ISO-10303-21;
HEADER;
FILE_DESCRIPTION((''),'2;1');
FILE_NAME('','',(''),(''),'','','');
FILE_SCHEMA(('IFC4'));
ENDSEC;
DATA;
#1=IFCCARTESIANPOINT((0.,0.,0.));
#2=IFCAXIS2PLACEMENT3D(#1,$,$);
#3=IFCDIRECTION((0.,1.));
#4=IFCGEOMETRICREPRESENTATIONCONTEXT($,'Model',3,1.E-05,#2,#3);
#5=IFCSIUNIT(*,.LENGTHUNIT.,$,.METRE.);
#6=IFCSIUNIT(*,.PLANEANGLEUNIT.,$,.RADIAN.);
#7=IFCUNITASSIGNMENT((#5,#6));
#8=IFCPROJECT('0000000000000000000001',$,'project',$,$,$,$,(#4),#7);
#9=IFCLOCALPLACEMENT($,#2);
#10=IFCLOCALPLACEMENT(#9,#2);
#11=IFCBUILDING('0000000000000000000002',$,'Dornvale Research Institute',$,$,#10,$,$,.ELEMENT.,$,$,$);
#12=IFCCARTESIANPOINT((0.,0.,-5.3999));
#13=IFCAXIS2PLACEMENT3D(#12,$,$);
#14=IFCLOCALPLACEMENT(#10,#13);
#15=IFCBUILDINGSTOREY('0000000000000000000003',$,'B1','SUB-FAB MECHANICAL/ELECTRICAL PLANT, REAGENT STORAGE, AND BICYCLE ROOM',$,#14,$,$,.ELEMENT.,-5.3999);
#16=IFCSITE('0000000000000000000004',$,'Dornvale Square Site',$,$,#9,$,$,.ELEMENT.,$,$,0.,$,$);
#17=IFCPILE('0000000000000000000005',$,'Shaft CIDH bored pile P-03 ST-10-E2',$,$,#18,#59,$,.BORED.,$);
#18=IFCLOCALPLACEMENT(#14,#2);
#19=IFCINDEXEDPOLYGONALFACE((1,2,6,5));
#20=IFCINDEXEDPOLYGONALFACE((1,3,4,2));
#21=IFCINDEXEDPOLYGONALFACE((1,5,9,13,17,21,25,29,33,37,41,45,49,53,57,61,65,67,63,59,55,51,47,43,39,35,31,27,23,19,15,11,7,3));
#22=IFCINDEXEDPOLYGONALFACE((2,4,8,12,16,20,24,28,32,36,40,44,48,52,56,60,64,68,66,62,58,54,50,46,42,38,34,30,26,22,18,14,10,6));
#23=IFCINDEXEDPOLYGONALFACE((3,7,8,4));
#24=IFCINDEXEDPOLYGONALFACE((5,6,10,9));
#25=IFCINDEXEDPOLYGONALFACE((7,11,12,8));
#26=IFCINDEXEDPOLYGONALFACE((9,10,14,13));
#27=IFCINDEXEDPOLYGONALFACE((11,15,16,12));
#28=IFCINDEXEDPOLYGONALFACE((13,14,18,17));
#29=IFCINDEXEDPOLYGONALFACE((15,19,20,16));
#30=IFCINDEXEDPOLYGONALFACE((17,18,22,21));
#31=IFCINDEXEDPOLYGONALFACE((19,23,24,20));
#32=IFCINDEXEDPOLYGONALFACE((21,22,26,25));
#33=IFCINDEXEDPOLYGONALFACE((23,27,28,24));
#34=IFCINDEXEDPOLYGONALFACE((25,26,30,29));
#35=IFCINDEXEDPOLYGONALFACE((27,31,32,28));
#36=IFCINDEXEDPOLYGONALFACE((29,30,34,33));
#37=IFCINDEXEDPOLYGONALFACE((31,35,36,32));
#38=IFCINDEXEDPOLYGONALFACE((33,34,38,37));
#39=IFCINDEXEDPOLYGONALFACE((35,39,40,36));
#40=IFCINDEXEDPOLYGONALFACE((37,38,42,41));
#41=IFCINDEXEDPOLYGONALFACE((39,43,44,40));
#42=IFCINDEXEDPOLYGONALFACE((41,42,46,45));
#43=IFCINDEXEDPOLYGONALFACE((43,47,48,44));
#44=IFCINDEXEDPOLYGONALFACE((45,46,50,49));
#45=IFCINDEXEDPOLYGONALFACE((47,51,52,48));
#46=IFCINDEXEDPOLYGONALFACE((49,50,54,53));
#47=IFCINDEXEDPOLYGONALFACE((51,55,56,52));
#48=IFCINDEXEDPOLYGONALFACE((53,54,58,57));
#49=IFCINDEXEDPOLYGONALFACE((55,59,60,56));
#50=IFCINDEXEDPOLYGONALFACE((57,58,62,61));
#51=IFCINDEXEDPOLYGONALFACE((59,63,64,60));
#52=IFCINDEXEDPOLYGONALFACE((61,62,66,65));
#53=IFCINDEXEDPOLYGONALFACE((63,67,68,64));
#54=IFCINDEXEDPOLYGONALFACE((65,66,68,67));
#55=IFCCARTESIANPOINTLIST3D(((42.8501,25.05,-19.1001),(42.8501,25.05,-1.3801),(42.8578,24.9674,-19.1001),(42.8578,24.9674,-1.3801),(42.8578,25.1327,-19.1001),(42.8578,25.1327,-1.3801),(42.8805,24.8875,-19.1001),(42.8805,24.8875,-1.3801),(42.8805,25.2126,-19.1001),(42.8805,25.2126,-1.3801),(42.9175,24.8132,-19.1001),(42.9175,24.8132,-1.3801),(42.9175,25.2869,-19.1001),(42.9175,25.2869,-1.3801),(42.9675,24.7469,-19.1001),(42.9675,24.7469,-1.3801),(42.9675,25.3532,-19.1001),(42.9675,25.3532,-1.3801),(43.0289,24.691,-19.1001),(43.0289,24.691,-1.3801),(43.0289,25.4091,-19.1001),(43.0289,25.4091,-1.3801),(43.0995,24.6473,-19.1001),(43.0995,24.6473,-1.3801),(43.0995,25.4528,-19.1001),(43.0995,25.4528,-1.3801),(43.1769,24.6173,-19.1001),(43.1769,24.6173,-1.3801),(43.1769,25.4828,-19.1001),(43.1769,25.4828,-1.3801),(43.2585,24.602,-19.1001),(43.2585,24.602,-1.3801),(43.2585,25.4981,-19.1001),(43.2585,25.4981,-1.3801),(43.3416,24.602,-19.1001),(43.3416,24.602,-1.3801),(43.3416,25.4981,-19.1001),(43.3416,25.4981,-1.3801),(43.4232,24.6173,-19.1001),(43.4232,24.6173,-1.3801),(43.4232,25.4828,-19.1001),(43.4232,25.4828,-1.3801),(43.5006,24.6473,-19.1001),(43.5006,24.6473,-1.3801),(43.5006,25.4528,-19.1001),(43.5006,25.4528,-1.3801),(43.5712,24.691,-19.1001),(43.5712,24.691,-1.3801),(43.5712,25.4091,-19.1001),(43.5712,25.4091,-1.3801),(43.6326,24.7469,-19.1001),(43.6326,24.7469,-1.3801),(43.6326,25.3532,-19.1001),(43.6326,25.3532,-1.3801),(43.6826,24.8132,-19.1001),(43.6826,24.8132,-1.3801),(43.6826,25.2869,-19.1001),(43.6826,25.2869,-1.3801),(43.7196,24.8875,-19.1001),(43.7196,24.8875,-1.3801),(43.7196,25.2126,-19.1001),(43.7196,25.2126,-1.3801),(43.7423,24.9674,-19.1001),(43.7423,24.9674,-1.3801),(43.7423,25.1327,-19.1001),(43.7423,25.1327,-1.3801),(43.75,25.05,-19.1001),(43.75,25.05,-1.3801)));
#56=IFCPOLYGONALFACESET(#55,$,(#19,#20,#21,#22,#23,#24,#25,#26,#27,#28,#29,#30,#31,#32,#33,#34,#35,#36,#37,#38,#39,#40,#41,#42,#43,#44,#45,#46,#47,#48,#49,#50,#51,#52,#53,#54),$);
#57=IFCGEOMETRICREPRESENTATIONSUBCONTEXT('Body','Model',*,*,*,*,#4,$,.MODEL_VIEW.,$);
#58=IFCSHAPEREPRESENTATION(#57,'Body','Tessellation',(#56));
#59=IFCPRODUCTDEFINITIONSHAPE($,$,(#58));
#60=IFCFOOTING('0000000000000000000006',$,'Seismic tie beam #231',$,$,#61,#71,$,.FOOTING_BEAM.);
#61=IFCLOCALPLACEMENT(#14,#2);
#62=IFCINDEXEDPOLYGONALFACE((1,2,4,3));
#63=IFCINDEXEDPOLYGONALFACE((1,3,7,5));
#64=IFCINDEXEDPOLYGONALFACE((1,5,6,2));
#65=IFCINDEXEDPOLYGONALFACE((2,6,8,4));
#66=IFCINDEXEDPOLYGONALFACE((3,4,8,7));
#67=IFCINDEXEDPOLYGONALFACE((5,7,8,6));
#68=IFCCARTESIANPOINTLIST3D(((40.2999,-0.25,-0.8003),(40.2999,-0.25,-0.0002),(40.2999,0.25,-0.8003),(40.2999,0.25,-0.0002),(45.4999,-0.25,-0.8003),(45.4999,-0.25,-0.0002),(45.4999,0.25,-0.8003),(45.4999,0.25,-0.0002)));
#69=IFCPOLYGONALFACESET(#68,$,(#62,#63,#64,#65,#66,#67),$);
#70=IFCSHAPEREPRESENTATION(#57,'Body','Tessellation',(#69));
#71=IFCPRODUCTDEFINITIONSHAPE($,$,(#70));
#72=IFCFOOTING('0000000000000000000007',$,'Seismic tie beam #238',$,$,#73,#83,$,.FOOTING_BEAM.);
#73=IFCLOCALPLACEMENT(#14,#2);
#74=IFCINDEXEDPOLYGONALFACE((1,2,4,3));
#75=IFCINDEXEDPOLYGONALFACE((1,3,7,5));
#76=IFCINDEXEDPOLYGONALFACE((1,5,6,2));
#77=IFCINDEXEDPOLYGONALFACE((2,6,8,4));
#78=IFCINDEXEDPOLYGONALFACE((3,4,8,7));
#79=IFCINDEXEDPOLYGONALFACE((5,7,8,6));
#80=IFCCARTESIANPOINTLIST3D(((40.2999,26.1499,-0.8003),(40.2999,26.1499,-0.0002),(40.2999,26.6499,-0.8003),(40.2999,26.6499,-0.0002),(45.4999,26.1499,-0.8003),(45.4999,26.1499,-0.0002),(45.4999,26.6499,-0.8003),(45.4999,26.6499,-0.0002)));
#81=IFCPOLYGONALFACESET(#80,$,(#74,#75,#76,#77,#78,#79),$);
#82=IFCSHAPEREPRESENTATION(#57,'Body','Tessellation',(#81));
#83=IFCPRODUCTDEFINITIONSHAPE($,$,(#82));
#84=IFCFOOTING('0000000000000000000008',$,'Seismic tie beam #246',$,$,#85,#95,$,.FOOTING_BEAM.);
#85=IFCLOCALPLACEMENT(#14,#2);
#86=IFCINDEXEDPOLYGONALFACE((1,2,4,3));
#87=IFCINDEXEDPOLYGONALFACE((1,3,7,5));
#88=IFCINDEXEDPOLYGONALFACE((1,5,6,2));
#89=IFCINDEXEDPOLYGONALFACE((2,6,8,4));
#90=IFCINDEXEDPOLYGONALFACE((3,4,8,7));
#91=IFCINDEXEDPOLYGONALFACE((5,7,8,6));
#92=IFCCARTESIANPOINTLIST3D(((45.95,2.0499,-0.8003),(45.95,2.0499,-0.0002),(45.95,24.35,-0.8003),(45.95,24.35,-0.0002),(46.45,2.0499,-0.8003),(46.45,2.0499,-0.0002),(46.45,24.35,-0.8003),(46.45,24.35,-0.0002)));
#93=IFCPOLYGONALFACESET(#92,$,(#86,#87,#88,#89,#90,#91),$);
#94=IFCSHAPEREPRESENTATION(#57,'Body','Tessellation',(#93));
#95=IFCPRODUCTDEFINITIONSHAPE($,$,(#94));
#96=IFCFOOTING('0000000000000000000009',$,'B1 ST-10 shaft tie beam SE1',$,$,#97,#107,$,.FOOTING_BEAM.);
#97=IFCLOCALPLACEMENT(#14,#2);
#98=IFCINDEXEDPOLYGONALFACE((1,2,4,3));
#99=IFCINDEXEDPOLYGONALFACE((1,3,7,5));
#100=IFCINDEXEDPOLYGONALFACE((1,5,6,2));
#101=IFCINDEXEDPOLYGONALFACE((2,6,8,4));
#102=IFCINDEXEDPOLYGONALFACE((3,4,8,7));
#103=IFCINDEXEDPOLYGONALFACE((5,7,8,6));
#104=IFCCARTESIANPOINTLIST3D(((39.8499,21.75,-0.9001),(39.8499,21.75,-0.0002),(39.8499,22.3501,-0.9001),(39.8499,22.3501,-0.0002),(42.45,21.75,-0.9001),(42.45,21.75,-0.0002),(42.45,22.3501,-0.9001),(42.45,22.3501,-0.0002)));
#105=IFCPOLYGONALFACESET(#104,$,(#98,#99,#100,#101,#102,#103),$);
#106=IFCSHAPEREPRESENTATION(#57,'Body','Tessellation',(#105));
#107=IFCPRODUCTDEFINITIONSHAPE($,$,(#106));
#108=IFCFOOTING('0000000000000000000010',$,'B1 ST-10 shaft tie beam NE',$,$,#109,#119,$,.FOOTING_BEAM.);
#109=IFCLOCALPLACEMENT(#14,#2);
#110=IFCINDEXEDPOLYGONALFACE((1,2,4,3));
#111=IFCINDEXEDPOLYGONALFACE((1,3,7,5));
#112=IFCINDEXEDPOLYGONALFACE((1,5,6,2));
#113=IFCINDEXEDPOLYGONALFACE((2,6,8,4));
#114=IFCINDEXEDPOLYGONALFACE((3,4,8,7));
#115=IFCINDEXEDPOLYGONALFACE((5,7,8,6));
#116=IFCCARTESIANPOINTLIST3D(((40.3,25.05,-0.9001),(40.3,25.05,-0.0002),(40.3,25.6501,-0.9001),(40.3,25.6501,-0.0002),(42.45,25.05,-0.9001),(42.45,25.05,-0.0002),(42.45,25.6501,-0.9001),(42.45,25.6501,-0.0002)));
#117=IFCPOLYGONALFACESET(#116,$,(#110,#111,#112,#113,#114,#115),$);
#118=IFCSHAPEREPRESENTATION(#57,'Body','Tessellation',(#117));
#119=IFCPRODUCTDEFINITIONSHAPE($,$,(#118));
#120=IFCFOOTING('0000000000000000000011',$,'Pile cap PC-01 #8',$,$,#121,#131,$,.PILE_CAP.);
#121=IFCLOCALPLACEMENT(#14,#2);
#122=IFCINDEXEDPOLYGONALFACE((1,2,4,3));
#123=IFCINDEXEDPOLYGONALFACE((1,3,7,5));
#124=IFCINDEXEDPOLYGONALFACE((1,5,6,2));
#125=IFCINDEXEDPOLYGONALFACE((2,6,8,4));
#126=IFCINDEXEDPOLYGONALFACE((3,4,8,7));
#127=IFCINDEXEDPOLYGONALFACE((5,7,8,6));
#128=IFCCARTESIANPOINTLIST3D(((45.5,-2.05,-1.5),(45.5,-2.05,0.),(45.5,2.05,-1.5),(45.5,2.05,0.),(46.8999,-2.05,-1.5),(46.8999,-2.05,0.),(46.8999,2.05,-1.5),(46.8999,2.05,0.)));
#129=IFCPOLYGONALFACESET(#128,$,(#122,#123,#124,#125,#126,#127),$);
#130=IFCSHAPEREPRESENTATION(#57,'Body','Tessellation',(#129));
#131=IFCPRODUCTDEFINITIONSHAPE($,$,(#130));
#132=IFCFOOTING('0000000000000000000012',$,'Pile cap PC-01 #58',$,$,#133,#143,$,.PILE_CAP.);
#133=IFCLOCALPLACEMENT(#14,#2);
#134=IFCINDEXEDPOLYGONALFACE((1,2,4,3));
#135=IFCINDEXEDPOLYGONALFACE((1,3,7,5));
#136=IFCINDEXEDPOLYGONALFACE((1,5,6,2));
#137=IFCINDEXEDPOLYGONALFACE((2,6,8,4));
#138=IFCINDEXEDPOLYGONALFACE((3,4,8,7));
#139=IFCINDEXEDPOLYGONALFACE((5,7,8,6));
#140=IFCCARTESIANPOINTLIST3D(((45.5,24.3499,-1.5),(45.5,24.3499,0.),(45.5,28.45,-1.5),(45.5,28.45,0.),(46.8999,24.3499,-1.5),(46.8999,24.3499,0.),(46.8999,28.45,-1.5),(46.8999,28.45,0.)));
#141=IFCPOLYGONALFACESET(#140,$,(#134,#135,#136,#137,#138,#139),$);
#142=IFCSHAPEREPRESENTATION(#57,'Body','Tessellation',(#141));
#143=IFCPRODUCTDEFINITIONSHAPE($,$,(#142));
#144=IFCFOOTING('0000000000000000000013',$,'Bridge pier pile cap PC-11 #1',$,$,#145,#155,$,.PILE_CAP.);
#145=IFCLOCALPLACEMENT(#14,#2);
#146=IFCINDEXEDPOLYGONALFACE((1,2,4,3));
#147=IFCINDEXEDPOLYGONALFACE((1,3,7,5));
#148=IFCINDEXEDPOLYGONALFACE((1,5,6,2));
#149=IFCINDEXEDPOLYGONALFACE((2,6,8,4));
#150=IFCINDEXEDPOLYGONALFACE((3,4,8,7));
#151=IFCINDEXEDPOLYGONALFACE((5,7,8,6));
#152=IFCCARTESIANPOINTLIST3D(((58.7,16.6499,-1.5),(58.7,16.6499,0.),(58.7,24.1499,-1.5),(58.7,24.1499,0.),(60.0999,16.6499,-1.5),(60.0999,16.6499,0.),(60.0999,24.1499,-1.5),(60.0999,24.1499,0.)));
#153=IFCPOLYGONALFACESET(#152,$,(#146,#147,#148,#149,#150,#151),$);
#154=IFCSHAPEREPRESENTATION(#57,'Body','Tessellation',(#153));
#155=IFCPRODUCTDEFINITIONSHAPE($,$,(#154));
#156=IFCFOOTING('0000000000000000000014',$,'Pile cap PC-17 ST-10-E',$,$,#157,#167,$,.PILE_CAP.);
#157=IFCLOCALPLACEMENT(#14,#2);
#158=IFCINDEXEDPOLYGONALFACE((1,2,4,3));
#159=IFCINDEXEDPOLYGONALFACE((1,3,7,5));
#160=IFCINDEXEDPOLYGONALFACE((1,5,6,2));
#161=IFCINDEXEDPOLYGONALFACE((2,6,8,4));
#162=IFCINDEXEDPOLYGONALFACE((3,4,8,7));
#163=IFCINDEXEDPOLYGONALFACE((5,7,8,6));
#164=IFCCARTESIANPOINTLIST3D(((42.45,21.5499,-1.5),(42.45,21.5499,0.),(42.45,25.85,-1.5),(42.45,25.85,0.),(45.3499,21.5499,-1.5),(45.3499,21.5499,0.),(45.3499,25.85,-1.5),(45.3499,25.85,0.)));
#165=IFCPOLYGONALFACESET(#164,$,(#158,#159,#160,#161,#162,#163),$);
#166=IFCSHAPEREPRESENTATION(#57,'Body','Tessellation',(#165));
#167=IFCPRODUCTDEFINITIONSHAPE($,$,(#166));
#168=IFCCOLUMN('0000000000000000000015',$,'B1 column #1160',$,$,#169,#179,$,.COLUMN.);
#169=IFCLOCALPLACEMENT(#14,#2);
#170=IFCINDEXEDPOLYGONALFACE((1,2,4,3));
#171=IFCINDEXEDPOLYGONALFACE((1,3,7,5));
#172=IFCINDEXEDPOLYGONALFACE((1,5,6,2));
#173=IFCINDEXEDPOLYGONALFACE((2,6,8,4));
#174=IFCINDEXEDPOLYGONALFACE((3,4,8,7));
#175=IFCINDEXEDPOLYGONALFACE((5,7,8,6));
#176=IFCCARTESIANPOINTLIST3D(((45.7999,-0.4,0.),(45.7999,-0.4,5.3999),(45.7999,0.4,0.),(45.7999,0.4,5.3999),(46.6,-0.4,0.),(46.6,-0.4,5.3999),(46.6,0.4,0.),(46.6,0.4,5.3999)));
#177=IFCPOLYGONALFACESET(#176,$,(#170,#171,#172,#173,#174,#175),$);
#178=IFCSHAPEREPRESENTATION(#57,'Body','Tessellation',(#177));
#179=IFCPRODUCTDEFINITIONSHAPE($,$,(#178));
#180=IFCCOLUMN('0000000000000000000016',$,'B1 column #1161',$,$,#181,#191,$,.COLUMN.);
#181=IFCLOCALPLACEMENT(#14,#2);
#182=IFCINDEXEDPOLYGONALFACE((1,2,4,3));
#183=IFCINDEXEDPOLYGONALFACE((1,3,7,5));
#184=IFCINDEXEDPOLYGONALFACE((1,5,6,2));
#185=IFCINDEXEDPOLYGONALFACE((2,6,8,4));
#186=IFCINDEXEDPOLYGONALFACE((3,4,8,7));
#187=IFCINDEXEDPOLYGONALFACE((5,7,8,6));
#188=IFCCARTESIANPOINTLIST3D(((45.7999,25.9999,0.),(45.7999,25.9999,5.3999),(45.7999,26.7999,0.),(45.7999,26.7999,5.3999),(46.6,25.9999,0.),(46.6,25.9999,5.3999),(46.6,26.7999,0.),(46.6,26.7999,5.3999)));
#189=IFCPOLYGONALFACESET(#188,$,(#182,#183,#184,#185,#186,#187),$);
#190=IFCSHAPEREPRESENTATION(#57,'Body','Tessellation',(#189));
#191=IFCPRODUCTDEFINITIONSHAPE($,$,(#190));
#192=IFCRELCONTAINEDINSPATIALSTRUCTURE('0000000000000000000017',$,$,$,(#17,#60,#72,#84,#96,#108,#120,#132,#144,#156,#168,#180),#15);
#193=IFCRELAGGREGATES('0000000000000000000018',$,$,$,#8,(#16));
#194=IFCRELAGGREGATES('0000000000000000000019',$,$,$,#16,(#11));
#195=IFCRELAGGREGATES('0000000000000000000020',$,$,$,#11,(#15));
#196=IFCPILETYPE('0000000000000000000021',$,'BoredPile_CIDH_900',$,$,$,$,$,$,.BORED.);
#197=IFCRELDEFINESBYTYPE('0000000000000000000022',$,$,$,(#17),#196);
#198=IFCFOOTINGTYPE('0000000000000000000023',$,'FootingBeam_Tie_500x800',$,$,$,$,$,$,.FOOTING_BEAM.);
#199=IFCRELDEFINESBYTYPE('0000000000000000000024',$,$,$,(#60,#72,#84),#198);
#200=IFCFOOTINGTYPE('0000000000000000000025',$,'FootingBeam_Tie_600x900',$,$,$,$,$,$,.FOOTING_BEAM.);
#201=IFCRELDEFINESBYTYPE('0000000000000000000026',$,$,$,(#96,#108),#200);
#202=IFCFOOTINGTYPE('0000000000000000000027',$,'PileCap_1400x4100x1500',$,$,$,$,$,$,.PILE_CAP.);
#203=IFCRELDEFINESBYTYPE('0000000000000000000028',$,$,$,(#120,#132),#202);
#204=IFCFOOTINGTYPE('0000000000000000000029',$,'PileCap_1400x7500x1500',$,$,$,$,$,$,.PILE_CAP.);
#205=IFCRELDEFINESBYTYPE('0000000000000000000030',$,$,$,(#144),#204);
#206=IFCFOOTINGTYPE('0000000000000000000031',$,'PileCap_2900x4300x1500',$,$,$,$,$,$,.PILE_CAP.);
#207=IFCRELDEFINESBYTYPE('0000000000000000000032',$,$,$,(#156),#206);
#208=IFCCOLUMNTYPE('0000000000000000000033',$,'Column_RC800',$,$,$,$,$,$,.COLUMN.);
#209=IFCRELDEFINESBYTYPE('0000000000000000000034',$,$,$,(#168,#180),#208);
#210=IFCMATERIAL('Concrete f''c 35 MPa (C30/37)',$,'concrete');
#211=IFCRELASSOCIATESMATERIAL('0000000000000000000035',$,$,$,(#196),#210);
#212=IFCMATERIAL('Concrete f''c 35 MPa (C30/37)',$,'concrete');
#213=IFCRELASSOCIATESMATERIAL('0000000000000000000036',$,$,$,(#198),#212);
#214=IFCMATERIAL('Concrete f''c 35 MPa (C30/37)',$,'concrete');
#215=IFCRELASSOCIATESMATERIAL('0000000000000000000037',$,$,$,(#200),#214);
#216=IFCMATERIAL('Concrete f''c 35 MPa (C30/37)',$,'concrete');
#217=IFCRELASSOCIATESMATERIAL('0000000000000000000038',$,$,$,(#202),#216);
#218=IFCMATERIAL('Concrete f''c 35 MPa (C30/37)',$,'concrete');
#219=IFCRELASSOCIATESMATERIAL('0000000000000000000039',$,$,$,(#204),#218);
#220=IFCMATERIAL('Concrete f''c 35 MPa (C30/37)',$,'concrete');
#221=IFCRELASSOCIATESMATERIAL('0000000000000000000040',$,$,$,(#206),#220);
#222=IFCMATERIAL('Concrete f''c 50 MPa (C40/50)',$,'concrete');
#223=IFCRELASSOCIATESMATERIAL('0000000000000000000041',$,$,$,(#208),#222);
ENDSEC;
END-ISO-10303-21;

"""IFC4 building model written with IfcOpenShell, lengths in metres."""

from ifc_helpers import new_model, si_unit, direction, frame, origin, origin_2d, place, context, subcontext, project, spatial, rectangle, circle, extrude, material, material_profile, profile_set, type_object, element, save


model = new_model("IFC4")

# Units and contexts
model_context = context("Model", 3, precision=1e-05, world=origin(), true_north=direction((0.0, 1.0)))
body_context = subcontext(model_context, "Body", "Model", "MODEL_VIEW")
ifc_project = project(units=[si_unit("LENGTHUNIT", "METRE"), si_unit("PLANEANGLEUNIT", "RADIAN")], contexts=[model_context])

# Site, building, storey
site_placement = place(None, origin())
site = spatial("IfcSite", under=ifc_project, at=site_placement, Name="Dornvale Square Site", CompositionType="ELEMENT", RefElevation=0.0)
building_placement = place(site_placement, origin())
building = spatial("IfcBuilding", under=site, at=building_placement, Name="Dornvale Research Institute", CompositionType="ELEMENT")
storey_placement = place(building_placement, frame((0.0, 0.0, -5.3999)))
storey = spatial("IfcBuildingStorey", under=building, at=storey_placement, Name="B1", Description="SUB-FAB MECHANICAL/ELECTRICAL PLANT, REAGENT STORAGE, AND BICYCLE ROOM", CompositionType="ELEMENT", Elevation=-5.3999)

# Pile
ifc_material_1 = material(Name="Concrete f'c 35 MPa (C30/37)", Category="concrete")
ifc_material_profile_1 = material_profile(ifc_material_1, circle(Radius=0.45, at=origin_2d()), Name="CIDH PILE D900")
ifc_profile_set_1 = profile_set([ifc_material_profile_1], Name="Concrete f'c 35 MPa (C30/37)")
pile_type = type_object("IfcPileType", Name="BoredPile_CIDH_900", PredefinedType="BORED", material=ifc_profile_set_1)
for number, where, z_axis, x_axis, name in (
    (1, (43.3, 25.05, -1.3801), (0.0, 0.0, -1.0), (1.0, 0.0, 0.0), "Shaft CIDH bored pile P-03 ST-10-E2"),
):
    element("IfcPile", number, at=place(storey_placement, frame(where, z_axis=z_axis, x_axis=x_axis)), inside=storey, type_object=pile_type, Name=name, PredefinedType="BORED", context=body_context, shape_type="SweptSolid", body=[
        extrude(circle(Radius=0.45, at=origin_2d()), origin(), (0.0, 0.0, 1.0), 17.72),
    ])

# Footings
ifc_material_2 = material(Name="Concrete f'c 35 MPa (C30/37)", Category="concrete")
footing_type_1 = type_object("IfcFootingType", Name="FootingBeam_Tie_500x800", PredefinedType="FOOTING_BEAM", material=ifc_material_2)
for number, where, z_axis, x_axis, name in (
    (2, (42.8999, 0.0, -0.8003), (0.0, 0.0, 1.0), (1.0, 0.0, 0.0), "Seismic tie beam #231"),
    (3, (42.8999, 26.3999, -0.8003), (0.0, 0.0, 1.0), (1.0, 0.0, 0.0), "Seismic tie beam #238"),
):
    element("IfcFooting", number, at=place(storey_placement, frame(where, z_axis=z_axis, x_axis=x_axis)), inside=storey, type_object=footing_type_1, Name=name, PredefinedType="FOOTING_BEAM", context=body_context, shape_type="SweptSolid", body=[
        extrude(rectangle(XDim=5.2, YDim=0.5, at=origin_2d()), origin(), (0.0, 0.0, 1.0), 0.8),
    ])
footing_1_placement = place(storey_placement, frame((46.2, 13.2, -0.8003), z_axis=(0.0, 0.0, 1.0), x_axis=(0.0, 1.0, 0.0)))
element("IfcFooting", 4, at=footing_1_placement, inside=storey, type_object=footing_type_1, Name="Seismic tie beam #246", PredefinedType="FOOTING_BEAM", context=body_context, shape_type="SweptSolid", body=[
    extrude(rectangle(XDim=22.3, YDim=0.5, at=origin_2d()), origin(), (0.0, 0.0, 1.0), 0.8),
])
ifc_material_3 = material(Name="Concrete f'c 35 MPa (C30/37)", Category="concrete")
footing_type_2 = type_object("IfcFootingType", Name="FootingBeam_Tie_600x900", PredefinedType="FOOTING_BEAM", material=ifc_material_3)
footing_2_placement = place(storey_placement, frame((41.1499, 22.05, -0.9001), z_axis=(0.0, 0.0, 1.0), x_axis=(1.0, 0.0, 0.0)))
element("IfcFooting", 5, at=footing_2_placement, inside=storey, type_object=footing_type_2, Name="B1 ST-10 shaft tie beam SE1", PredefinedType="FOOTING_BEAM", context=body_context, shape_type="SweptSolid", body=[
    extrude(rectangle(XDim=2.6001, YDim=0.6001, at=origin_2d()), origin(), (0.0, 0.0, 1.0), 0.8999),
])
footing_3_placement = place(storey_placement, frame((41.375, 25.3501, -0.9001), z_axis=(0.0, 0.0, 1.0), x_axis=(1.0, 0.0, 0.0)))
element("IfcFooting", 6, at=footing_3_placement, inside=storey, type_object=footing_type_2, Name="B1 ST-10 shaft tie beam NE", PredefinedType="FOOTING_BEAM", context=body_context, shape_type="SweptSolid", body=[
    extrude(rectangle(XDim=2.1499, YDim=0.6001, at=origin_2d()), origin(), (0.0, 0.0, 1.0), 0.8999),
])
ifc_material_4 = material(Name="Concrete f'c 35 MPa (C30/37)", Category="concrete")
footing_type_3 = type_object("IfcFootingType", Name="PileCap_1400x4100x1500", PredefinedType="PILE_CAP", material=ifc_material_4)
for number, where, z_axis, x_axis, name in (
    (7, (46.2, 0.0, -1.5), (0.0, 0.0, 1.0), (1.0, 0.0, 0.0), "Pile cap PC-01 #8"),
    (8, (46.2, 26.3999, -1.5), (0.0, 0.0, 1.0), (1.0, 0.0, 0.0), "Pile cap PC-01 #58"),
):
    element("IfcFooting", number, at=place(storey_placement, frame(where, z_axis=z_axis, x_axis=x_axis)), inside=storey, type_object=footing_type_3, Name=name, PredefinedType="PILE_CAP", context=body_context, shape_type="SweptSolid", body=[
        extrude(rectangle(XDim=1.3999, YDim=4.1001, at=origin_2d()), origin(), (0.0, 0.0, 1.0), 1.5),
    ])
ifc_material_5 = material(Name="Concrete f'c 35 MPa (C30/37)", Category="concrete")
footing_type_4 = type_object("IfcFootingType", Name="PileCap_1400x7500x1500", PredefinedType="PILE_CAP", material=ifc_material_5)
footing_4_placement = place(storey_placement, frame((59.3999, 20.3999, -1.5), z_axis=(0.0, 0.0, 1.0), x_axis=(1.0, 0.0, 0.0)))
element("IfcFooting", 9, at=footing_4_placement, inside=storey, type_object=footing_type_4, Name="Bridge pier pile cap PC-11 #1", PredefinedType="PILE_CAP", context=body_context, shape_type="SweptSolid", body=[
    extrude(rectangle(XDim=1.3999, YDim=7.5, at=origin_2d()), origin(), (0.0, 0.0, 1.0), 1.5),
])
ifc_material_6 = material(Name="Concrete f'c 35 MPa (C30/37)", Category="concrete")
footing_type_5 = type_object("IfcFootingType", Name="PileCap_2900x4300x1500", PredefinedType="PILE_CAP", material=ifc_material_6)
footing_5_placement = place(storey_placement, frame((43.8999, 23.7, -1.5), z_axis=(0.0, 0.0, 1.0), x_axis=(1.0, 0.0, 0.0)))
element("IfcFooting", 10, at=footing_5_placement, inside=storey, type_object=footing_type_5, Name="Pile cap PC-17 ST-10-E", PredefinedType="PILE_CAP", context=body_context, shape_type="SweptSolid", body=[
    extrude(rectangle(XDim=2.8999, YDim=4.3, at=origin_2d()), origin(), (0.0, 0.0, 1.0), 1.5),
])

# Columns
ifc_material_7 = material(Name="Concrete f'c 50 MPa (C40/50)", Category="concrete")
ifc_material_profile_2 = material_profile(ifc_material_7, rectangle(XDim=0.8, YDim=0.8, at=origin_2d()), Name="RC 800x800")
ifc_profile_set_2 = profile_set([ifc_material_profile_2], Name="Concrete f'c 50 MPa (C40/50)")
column_type = type_object("IfcColumnType", Name="Column_RC800", PredefinedType="COLUMN", material=ifc_profile_set_2)
for number, where, z_axis, x_axis, name in (
    (11, (46.2, 0.0, 0.0), (0.0, 0.0, 1.0), (1.0, 0.0, 0.0), "B1 column #1160"),
    (12, (46.2, 26.3999, 0.0), (0.0, 0.0, 1.0), (1.0, 0.0, 0.0), "B1 column #1161"),
):
    element("IfcColumn", number, at=place(storey_placement, frame(where, z_axis=z_axis, x_axis=x_axis)), inside=storey, type_object=column_type, Name=name, PredefinedType="COLUMN", context=body_context, shape_type="SweptSolid", body=[
        extrude(rectangle(XDim=0.8, YDim=0.8, at=origin_2d()), origin(), (0.0, 0.0, 1.0), 5.3999),
    ])

save(model, "model.ifc")
